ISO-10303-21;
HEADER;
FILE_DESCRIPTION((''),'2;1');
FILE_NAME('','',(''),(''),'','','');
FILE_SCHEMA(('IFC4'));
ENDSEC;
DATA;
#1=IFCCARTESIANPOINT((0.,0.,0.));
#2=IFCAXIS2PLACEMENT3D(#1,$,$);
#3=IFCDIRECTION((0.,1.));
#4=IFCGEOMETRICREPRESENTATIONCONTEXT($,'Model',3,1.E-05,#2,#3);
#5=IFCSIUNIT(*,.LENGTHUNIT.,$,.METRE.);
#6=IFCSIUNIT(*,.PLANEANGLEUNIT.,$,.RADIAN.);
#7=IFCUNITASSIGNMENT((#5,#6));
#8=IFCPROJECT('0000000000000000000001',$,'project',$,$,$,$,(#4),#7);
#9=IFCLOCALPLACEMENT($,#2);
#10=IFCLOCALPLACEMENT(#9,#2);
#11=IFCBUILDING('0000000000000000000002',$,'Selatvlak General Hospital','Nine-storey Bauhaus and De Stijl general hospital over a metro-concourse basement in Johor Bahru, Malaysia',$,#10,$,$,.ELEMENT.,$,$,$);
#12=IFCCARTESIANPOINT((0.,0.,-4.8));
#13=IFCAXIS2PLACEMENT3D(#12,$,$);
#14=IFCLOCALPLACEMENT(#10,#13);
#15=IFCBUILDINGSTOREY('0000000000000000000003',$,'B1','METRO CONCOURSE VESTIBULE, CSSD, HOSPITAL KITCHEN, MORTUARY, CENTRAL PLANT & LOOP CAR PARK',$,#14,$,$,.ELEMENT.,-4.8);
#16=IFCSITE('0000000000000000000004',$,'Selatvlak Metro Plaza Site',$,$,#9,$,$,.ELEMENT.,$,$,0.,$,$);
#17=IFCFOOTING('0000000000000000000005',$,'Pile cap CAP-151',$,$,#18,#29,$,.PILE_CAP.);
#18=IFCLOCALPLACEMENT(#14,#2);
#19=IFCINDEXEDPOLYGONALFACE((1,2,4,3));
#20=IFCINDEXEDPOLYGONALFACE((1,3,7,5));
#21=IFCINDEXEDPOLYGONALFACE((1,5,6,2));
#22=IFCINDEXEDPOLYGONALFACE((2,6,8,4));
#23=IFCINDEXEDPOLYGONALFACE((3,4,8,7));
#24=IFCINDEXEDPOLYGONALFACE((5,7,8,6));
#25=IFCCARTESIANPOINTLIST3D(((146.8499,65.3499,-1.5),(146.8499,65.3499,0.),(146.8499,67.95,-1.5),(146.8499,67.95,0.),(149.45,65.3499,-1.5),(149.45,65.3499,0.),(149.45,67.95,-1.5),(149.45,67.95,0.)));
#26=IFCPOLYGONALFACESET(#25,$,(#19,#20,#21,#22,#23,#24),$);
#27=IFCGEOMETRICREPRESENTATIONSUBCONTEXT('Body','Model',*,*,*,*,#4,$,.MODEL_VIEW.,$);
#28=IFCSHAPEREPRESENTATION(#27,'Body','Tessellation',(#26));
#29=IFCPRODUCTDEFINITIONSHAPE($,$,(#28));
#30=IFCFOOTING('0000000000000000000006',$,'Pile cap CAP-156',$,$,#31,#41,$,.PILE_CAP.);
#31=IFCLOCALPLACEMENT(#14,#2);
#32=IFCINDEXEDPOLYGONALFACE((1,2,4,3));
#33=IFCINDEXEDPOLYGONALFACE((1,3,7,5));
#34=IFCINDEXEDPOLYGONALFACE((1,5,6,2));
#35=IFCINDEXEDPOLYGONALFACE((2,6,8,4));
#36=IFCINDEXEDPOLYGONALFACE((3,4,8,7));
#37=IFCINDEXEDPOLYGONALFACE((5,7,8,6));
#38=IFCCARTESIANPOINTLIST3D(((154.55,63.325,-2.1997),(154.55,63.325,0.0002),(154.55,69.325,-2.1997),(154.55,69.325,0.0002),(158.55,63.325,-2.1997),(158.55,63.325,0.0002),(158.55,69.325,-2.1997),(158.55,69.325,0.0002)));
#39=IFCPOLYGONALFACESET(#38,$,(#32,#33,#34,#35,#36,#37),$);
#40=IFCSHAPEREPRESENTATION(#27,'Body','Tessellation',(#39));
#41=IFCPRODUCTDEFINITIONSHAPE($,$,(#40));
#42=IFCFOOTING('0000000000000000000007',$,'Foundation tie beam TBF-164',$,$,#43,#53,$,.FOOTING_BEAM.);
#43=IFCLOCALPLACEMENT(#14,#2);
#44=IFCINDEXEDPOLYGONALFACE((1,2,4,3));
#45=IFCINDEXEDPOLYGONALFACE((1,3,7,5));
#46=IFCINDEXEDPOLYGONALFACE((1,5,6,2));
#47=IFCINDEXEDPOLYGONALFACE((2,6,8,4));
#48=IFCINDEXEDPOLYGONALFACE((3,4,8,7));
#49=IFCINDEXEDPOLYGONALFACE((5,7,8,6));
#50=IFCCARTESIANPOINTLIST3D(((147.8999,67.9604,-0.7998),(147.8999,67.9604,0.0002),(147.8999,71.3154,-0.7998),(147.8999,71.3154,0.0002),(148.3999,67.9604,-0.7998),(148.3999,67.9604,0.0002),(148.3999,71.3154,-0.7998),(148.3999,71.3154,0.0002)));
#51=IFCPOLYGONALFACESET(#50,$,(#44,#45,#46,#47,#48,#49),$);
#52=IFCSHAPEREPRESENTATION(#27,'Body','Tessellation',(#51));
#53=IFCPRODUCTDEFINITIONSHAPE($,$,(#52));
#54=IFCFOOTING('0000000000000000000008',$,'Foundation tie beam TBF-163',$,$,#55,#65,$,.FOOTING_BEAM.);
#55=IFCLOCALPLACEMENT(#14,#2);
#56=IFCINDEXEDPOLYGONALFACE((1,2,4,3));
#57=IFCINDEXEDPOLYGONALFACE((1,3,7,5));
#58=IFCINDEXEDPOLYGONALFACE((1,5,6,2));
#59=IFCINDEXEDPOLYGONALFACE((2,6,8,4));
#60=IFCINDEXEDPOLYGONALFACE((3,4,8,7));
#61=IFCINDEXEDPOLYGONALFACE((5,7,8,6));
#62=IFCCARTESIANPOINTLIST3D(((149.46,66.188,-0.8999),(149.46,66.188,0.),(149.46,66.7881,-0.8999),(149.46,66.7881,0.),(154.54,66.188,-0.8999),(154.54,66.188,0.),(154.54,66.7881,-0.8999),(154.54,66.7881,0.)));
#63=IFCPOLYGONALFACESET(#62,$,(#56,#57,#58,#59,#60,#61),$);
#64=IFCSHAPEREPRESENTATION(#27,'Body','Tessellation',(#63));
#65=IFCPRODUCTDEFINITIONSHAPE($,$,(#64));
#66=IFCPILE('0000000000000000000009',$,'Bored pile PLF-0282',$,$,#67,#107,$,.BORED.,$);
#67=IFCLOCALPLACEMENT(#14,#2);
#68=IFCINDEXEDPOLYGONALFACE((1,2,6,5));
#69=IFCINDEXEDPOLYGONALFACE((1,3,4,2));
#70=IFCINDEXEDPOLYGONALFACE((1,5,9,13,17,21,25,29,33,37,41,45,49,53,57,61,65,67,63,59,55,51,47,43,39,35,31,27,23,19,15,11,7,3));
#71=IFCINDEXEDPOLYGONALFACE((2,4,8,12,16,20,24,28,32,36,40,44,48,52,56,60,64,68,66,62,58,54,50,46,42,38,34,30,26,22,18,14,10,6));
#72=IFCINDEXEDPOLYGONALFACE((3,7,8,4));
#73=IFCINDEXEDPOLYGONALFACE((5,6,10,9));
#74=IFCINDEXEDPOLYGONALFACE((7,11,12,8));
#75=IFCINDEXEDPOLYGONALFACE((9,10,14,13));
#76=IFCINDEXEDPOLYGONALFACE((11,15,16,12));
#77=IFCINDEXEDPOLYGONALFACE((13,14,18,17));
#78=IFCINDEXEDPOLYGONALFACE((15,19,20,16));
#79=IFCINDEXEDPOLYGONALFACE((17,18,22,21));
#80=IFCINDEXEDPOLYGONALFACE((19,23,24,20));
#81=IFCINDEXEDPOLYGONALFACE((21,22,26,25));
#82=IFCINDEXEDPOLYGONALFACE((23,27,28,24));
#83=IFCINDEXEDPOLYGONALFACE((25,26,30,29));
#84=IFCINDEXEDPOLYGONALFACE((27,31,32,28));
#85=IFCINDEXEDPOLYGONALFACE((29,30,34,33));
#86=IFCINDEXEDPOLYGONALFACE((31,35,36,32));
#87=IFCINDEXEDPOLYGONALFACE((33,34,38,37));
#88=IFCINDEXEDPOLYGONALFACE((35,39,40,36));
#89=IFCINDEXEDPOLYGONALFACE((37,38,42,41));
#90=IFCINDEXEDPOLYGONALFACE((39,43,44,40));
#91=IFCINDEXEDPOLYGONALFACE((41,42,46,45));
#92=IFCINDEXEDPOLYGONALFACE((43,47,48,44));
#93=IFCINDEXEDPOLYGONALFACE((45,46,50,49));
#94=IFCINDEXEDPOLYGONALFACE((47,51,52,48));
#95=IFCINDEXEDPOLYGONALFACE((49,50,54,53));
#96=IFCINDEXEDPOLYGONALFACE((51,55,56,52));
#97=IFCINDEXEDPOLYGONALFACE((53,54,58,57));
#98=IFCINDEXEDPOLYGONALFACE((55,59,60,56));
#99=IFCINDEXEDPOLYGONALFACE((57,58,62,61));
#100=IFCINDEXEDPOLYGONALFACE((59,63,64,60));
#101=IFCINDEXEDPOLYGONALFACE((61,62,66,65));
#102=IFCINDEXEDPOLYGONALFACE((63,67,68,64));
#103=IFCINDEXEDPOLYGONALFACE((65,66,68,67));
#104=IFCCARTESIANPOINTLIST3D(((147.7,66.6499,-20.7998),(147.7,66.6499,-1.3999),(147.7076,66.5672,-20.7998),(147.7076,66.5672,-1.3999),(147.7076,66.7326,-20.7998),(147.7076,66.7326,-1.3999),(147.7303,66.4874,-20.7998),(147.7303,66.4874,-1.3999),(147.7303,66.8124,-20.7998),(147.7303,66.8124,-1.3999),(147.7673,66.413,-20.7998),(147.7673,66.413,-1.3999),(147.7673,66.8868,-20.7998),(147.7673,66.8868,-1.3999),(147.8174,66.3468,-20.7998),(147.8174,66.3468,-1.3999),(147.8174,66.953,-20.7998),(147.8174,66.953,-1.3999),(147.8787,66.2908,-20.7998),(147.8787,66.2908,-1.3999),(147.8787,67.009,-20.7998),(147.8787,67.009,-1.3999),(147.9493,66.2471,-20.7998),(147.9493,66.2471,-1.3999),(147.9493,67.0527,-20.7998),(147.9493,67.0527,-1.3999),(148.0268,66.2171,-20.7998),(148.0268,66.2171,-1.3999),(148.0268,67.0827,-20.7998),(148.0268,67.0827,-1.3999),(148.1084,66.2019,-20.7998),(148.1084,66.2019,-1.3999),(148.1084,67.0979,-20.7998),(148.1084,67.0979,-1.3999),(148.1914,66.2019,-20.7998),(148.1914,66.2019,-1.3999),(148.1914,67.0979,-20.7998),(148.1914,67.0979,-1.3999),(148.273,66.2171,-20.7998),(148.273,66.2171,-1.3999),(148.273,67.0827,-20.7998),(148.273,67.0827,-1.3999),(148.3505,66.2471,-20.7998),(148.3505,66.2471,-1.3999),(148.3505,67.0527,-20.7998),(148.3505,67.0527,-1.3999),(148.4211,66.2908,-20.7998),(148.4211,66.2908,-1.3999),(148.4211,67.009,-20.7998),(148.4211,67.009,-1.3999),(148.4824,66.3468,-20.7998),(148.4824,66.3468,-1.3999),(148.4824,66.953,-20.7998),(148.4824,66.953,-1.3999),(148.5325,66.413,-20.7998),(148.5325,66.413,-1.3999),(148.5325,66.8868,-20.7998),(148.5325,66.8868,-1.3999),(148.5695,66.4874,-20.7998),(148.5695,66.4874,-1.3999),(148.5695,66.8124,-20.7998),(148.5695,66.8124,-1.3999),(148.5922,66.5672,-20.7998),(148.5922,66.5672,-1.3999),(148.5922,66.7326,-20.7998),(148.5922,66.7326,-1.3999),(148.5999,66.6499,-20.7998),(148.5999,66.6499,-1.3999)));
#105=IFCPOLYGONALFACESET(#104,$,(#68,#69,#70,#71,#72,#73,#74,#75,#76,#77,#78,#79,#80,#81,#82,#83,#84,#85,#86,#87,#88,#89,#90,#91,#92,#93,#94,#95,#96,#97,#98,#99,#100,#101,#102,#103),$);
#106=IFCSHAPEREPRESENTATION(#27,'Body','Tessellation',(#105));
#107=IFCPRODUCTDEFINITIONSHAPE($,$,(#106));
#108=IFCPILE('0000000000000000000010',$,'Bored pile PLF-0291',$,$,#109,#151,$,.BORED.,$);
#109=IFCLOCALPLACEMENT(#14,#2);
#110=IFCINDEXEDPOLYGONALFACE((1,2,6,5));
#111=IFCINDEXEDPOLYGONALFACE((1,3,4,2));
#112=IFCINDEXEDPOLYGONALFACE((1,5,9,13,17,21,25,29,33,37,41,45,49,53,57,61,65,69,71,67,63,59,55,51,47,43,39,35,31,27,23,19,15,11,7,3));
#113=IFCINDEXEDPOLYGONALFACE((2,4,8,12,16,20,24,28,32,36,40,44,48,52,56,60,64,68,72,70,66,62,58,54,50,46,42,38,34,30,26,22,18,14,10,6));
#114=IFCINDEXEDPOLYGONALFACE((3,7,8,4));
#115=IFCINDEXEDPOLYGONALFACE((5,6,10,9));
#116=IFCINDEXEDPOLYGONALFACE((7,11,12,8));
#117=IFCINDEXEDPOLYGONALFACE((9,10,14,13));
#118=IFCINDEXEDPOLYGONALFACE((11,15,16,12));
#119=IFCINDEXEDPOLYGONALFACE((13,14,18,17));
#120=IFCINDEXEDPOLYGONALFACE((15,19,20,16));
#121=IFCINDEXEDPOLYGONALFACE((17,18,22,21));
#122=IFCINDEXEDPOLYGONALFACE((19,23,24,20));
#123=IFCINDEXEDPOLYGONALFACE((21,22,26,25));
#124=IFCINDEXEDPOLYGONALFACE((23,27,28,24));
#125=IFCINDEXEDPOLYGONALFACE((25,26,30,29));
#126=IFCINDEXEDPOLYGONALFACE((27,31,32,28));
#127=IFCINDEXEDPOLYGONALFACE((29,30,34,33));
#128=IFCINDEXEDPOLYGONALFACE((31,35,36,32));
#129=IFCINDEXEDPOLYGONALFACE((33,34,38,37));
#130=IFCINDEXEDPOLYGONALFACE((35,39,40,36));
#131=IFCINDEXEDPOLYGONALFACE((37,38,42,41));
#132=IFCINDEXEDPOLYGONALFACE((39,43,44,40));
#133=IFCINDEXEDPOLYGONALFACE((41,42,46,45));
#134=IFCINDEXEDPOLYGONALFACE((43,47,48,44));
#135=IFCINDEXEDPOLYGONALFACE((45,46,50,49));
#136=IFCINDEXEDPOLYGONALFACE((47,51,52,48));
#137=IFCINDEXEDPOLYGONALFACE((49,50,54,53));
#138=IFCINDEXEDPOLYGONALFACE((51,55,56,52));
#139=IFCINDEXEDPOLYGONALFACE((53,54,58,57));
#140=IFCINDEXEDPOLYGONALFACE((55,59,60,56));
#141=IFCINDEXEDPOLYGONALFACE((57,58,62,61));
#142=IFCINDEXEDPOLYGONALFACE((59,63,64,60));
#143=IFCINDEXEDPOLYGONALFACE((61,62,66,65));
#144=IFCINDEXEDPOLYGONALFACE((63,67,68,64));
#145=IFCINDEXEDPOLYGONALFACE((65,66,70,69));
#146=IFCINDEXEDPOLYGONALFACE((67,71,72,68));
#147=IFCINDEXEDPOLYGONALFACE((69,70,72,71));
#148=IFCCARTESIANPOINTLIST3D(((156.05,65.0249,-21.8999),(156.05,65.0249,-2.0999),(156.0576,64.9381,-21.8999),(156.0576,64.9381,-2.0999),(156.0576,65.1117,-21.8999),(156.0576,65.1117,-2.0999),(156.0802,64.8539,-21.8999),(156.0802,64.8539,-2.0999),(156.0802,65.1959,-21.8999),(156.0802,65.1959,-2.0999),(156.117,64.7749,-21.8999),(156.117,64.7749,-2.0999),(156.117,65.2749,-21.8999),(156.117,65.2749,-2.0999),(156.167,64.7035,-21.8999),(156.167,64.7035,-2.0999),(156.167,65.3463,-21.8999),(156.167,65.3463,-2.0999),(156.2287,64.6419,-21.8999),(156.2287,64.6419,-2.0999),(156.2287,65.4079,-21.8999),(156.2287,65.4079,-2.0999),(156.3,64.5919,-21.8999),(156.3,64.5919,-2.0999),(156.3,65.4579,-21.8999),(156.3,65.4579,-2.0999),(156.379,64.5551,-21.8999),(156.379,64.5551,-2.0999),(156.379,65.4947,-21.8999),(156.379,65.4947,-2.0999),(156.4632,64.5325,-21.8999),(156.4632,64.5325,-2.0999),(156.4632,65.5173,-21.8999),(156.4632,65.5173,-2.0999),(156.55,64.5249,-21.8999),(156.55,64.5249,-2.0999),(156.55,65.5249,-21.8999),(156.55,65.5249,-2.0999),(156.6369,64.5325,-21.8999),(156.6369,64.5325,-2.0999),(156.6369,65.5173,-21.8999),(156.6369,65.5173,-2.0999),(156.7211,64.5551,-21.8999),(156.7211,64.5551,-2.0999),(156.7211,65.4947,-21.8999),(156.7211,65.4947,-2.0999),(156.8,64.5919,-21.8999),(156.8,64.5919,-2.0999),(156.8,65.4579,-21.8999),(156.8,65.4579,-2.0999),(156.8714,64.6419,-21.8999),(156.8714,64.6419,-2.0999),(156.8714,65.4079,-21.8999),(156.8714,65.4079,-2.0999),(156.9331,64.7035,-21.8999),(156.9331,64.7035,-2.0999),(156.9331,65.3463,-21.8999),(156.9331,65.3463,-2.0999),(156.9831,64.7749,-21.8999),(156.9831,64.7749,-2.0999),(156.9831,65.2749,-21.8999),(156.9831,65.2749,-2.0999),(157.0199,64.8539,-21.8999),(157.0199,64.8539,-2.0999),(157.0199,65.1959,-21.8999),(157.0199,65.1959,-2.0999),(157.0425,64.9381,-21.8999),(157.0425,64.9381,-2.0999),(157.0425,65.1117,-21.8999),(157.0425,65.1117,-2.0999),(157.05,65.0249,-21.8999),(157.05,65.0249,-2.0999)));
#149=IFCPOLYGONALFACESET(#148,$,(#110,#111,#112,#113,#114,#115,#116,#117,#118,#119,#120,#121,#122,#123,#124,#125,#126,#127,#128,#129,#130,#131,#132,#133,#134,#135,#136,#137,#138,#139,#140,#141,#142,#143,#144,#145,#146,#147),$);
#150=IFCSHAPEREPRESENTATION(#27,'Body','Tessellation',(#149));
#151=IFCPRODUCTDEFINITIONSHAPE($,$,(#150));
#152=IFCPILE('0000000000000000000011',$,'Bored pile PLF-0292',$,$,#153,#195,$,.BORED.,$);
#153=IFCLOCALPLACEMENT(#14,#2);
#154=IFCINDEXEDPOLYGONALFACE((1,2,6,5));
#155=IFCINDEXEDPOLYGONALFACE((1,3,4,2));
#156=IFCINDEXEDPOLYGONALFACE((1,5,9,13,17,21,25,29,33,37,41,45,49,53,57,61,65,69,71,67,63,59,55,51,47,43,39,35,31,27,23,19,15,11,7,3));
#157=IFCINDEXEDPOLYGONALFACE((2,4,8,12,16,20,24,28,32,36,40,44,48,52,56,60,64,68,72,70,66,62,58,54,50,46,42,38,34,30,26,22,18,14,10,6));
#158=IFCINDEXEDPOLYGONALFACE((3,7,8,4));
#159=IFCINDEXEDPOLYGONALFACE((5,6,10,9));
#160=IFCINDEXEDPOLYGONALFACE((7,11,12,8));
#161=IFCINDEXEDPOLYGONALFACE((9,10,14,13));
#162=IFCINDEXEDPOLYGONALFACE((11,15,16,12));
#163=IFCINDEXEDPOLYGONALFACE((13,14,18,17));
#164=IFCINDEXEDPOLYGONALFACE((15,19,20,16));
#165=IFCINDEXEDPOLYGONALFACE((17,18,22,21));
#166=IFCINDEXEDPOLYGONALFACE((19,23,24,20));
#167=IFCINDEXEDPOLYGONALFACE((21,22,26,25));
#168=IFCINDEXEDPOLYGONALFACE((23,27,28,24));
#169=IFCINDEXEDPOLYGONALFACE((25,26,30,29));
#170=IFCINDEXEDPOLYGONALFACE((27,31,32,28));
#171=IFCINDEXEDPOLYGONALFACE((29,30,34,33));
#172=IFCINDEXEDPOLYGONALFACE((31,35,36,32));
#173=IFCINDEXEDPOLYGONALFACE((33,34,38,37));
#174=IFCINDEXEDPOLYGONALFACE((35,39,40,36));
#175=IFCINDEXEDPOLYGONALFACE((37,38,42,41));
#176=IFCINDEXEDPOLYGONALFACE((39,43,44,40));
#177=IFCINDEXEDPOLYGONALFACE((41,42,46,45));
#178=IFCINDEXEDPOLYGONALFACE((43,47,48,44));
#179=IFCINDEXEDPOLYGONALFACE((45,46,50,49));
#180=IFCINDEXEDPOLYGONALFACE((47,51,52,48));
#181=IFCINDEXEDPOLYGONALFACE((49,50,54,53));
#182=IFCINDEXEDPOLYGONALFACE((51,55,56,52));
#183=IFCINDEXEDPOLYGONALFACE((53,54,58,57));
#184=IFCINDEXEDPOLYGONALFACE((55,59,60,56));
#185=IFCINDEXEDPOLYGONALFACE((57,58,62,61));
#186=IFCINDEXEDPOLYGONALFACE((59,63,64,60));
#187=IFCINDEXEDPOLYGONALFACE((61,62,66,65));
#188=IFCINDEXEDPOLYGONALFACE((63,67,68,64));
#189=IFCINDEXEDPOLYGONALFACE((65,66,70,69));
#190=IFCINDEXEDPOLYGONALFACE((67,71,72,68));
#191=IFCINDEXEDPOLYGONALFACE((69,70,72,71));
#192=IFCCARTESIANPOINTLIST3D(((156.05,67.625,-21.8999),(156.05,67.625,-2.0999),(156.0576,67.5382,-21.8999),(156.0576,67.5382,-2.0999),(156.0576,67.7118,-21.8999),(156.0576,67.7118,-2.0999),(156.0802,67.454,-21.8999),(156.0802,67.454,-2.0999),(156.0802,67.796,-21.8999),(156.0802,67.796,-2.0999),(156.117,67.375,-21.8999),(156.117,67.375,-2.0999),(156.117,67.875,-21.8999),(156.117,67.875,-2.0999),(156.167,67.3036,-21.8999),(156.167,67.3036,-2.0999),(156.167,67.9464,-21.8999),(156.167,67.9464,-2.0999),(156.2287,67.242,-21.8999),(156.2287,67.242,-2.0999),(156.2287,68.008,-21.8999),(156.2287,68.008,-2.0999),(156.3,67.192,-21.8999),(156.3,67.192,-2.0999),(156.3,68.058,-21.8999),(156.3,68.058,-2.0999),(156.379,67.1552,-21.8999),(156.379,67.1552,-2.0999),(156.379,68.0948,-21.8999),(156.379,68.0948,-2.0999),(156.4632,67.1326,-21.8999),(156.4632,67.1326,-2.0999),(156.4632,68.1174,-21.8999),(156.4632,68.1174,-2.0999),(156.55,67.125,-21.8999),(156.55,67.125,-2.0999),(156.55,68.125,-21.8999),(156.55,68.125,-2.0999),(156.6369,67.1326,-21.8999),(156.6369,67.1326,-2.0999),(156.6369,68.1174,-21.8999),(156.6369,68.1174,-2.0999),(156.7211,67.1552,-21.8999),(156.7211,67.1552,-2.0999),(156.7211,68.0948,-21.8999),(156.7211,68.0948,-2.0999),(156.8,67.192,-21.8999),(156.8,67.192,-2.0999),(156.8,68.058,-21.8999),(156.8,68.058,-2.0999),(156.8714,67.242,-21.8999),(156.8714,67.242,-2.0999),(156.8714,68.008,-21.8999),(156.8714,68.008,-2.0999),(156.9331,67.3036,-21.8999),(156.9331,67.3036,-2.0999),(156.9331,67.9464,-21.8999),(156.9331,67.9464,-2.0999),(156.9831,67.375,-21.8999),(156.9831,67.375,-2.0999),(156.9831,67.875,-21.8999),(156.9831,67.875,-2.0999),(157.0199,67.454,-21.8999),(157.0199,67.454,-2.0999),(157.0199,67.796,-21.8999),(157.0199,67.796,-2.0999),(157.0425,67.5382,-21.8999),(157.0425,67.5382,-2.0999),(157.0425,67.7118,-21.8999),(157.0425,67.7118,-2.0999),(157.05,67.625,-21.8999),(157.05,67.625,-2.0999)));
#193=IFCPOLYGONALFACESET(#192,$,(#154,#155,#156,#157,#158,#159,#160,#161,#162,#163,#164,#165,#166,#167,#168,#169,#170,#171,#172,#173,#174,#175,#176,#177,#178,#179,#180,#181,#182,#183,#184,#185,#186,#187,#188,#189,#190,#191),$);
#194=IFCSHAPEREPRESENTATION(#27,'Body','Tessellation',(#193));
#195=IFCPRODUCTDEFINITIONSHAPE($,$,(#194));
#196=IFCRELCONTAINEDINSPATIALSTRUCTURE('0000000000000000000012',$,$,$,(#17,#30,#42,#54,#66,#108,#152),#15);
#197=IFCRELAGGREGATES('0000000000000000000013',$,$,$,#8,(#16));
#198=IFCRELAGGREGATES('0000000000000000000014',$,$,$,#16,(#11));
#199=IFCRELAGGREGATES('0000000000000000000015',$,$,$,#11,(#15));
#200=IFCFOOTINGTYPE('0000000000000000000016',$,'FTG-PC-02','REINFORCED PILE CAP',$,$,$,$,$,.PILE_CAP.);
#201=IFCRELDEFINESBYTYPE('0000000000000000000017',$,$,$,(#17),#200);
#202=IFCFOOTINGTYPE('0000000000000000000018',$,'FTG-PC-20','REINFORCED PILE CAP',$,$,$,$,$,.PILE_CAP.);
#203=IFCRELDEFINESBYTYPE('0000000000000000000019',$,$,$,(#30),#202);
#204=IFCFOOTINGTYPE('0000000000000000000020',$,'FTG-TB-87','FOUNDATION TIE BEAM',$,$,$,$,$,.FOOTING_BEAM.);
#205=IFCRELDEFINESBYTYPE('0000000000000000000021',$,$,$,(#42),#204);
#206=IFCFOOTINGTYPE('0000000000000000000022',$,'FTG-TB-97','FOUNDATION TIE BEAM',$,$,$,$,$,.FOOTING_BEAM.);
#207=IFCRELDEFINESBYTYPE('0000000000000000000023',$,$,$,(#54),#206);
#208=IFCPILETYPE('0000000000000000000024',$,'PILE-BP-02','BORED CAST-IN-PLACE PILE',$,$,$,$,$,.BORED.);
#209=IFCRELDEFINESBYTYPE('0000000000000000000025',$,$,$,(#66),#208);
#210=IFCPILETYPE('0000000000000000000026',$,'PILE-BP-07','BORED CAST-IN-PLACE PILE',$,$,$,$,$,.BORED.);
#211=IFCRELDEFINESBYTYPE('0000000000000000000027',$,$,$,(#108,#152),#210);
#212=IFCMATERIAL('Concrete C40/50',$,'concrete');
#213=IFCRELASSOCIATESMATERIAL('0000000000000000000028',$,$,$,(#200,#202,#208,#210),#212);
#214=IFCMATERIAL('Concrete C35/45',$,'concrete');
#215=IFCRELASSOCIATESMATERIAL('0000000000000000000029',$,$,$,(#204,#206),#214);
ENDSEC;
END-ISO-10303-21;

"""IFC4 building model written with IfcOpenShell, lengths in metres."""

from ifc_helpers import new_model, si_unit, direction, frame, origin, origin_2d, place, context, subcontext, project, spatial, rectangle, circle, extrude, material, material_profile, profile_set, type_object, element, save


model = new_model("IFC4")

# Units and contexts
model_context = context("Model", 3, precision=1e-05, world=origin(), true_north=direction((0.0, 1.0)))
body_context = subcontext(model_context, "Body", "Model", "MODEL_VIEW")
ifc_project = project(units=[si_unit("LENGTHUNIT", "METRE"), si_unit("PLANEANGLEUNIT", "RADIAN")], contexts=[model_context])

# Site, building, storey
site_placement = place(None, origin())
site = spatial("IfcSite", under=ifc_project, at=site_placement, Name="Selatvlak Metro Plaza Site", CompositionType="ELEMENT", RefElevation=0.0)
building_placement = place(site_placement, origin())
building = spatial("IfcBuilding", under=site, at=building_placement, Name="Selatvlak General Hospital", Description="Nine-storey Bauhaus and De Stijl general hospital over a metro-concourse basement in Johor Bahru, Malaysia", CompositionType="ELEMENT")
storey_placement = place(building_placement, frame((0.0, 0.0, -4.8)))
storey = spatial("IfcBuildingStorey", under=building, at=storey_placement, Name="B1", Description="METRO CONCOURSE VESTIBULE, CSSD, HOSPITAL KITCHEN, MORTUARY, CENTRAL PLANT & LOOP CAR PARK", CompositionType="ELEMENT", Elevation=-4.8)

# Footings
ifc_material_1 = material(Name="Concrete C40/50", Category="concrete")
footing_type_1 = type_object("IfcFootingType", Name="FTG-PC-02", Description="REINFORCED PILE CAP", PredefinedType="PILE_CAP", material=ifc_material_1)
footing_1_placement = place(storey_placement, frame((148.1499, 66.6499, -1.5), z_axis=(0.0, 0.0, 1.0), x_axis=(1.0, 0.0, 0.0)))
element("IfcFooting", 1, at=footing_1_placement, inside=storey, type_object=footing_type_1, Name="Pile cap CAP-151", PredefinedType="PILE_CAP", context=body_context, shape_type="SweptSolid", body=[
    extrude(rectangle(XDim=2.6001, YDim=2.6001, at=origin_2d()), origin(), (0.0, 0.0, 1.0), 1.5),
])
footing_type_2 = type_object("IfcFootingType", Name="FTG-PC-20", Description="REINFORCED PILE CAP", PredefinedType="PILE_CAP", material=ifc_material_1)
footing_2_placement = place(storey_placement, frame((156.55, 66.325, -2.1997), z_axis=(0.0, 0.0, 1.0), x_axis=(1.0, 0.0, 0.0)))
element("IfcFooting", 2, at=footing_2_placement, inside=storey, type_object=footing_type_2, Name="Pile cap CAP-156", PredefinedType="PILE_CAP", context=body_context, shape_type="SweptSolid", body=[
    extrude(rectangle(XDim=4.0, YDim=6.0, at=origin_2d()), origin(), (0.0, 0.0, 1.0), 2.2),
])
ifc_material_2 = material(Name="Concrete C35/45", Category="concrete")
footing_type_3 = type_object("IfcFootingType", Name="FTG-TB-87", Description="FOUNDATION TIE BEAM", PredefinedType="FOOTING_BEAM", material=ifc_material_2)
footing_3_placement = place(storey_placement, frame((148.1499, 69.6379, -0.7998), z_axis=(0.0, 0.0, 1.0), x_axis=(0.0, 1.0, 0.0)))
element("IfcFooting", 3, at=footing_3_placement, inside=storey, type_object=footing_type_3, Name="Foundation tie beam TBF-164", PredefinedType="FOOTING_BEAM", context=body_context, shape_type="SweptSolid", body=[
    extrude(rectangle(XDim=3.355, YDim=0.5, at=origin_2d()), origin(), (0.0, 0.0, 1.0), 0.8),
])
footing_type_4 = type_object("IfcFootingType", Name="FTG-TB-97", Description="FOUNDATION TIE BEAM", PredefinedType="FOOTING_BEAM", material=ifc_material_2)
footing_4_placement = place(storey_placement, frame((152.0, 66.488, -0.8999), z_axis=(0.0, 0.0, 1.0), x_axis=(1.0, 0.0, 0.0)))
element("IfcFooting", 4, at=footing_4_placement, inside=storey, type_object=footing_type_4, Name="Foundation tie beam TBF-163", PredefinedType="FOOTING_BEAM", context=body_context, shape_type="SweptSolid", body=[
    extrude(rectangle(XDim=5.0801, YDim=0.6001, at=origin_2d()), origin(), (0.0, 0.0, 1.0), 0.8999),
])

# Piles
ifc_material_profile_1 = material_profile(ifc_material_1, circle(Radius=0.45, at=origin_2d()), Name="BORED PILE 900")
ifc_profile_set_1 = profile_set([ifc_material_profile_1], Name="Concrete C40/50")
pile_type_1 = type_object("IfcPileType", Name="PILE-BP-02", Description="BORED CAST-IN-PLACE PILE", PredefinedType="BORED", material=ifc_profile_set_1)
pile_placement = place(storey_placement, frame((148.1499, 66.6499, -1.3999), z_axis=(0.0, 0.0, -1.0), x_axis=(1.0, 0.0, 0.0)))
element("IfcPile", 5, at=pile_placement, inside=storey, type_object=pile_type_1, Name="Bored pile PLF-0282", PredefinedType="BORED", context=body_context, shape_type="SweptSolid", body=[
    extrude(circle(Radius=0.45, at=origin_2d()), origin(), (0.0, 0.0, 1.0), 19.3999),
])
ifc_material_profile_2 = material_profile(ifc_material_1, circle(Radius=0.5, at=origin_2d()), Name="BORED PILE 1000")
ifc_profile_set_2 = profile_set([ifc_material_profile_2], Name="Concrete C40/50")
pile_type_2 = type_object("IfcPileType", Name="PILE-BP-07", Description="BORED CAST-IN-PLACE PILE", PredefinedType="BORED", material=ifc_profile_set_2)
for number, where, z_axis, x_axis, name in (
    (6, (156.55, 65.0249, -2.0999), (0.0, 0.0, -1.0), (1.0, 0.0, 0.0), "Bored pile PLF-0291"),
    (7, (156.55, 67.625, -2.0999), (0.0, 0.0, -1.0), (1.0, 0.0, 0.0), "Bored pile PLF-0292"),
):
    element("IfcPile", number, at=place(storey_placement, frame(where, z_axis=z_axis, x_axis=x_axis)), inside=storey, type_object=pile_type_2, Name=name, PredefinedType="BORED", context=body_context, shape_type="SweptSolid", body=[
        extrude(circle(Radius=0.5, at=origin_2d()), origin(), (0.0, 0.0, 1.0), 19.8),
    ])

save(model, "model.ifc")
